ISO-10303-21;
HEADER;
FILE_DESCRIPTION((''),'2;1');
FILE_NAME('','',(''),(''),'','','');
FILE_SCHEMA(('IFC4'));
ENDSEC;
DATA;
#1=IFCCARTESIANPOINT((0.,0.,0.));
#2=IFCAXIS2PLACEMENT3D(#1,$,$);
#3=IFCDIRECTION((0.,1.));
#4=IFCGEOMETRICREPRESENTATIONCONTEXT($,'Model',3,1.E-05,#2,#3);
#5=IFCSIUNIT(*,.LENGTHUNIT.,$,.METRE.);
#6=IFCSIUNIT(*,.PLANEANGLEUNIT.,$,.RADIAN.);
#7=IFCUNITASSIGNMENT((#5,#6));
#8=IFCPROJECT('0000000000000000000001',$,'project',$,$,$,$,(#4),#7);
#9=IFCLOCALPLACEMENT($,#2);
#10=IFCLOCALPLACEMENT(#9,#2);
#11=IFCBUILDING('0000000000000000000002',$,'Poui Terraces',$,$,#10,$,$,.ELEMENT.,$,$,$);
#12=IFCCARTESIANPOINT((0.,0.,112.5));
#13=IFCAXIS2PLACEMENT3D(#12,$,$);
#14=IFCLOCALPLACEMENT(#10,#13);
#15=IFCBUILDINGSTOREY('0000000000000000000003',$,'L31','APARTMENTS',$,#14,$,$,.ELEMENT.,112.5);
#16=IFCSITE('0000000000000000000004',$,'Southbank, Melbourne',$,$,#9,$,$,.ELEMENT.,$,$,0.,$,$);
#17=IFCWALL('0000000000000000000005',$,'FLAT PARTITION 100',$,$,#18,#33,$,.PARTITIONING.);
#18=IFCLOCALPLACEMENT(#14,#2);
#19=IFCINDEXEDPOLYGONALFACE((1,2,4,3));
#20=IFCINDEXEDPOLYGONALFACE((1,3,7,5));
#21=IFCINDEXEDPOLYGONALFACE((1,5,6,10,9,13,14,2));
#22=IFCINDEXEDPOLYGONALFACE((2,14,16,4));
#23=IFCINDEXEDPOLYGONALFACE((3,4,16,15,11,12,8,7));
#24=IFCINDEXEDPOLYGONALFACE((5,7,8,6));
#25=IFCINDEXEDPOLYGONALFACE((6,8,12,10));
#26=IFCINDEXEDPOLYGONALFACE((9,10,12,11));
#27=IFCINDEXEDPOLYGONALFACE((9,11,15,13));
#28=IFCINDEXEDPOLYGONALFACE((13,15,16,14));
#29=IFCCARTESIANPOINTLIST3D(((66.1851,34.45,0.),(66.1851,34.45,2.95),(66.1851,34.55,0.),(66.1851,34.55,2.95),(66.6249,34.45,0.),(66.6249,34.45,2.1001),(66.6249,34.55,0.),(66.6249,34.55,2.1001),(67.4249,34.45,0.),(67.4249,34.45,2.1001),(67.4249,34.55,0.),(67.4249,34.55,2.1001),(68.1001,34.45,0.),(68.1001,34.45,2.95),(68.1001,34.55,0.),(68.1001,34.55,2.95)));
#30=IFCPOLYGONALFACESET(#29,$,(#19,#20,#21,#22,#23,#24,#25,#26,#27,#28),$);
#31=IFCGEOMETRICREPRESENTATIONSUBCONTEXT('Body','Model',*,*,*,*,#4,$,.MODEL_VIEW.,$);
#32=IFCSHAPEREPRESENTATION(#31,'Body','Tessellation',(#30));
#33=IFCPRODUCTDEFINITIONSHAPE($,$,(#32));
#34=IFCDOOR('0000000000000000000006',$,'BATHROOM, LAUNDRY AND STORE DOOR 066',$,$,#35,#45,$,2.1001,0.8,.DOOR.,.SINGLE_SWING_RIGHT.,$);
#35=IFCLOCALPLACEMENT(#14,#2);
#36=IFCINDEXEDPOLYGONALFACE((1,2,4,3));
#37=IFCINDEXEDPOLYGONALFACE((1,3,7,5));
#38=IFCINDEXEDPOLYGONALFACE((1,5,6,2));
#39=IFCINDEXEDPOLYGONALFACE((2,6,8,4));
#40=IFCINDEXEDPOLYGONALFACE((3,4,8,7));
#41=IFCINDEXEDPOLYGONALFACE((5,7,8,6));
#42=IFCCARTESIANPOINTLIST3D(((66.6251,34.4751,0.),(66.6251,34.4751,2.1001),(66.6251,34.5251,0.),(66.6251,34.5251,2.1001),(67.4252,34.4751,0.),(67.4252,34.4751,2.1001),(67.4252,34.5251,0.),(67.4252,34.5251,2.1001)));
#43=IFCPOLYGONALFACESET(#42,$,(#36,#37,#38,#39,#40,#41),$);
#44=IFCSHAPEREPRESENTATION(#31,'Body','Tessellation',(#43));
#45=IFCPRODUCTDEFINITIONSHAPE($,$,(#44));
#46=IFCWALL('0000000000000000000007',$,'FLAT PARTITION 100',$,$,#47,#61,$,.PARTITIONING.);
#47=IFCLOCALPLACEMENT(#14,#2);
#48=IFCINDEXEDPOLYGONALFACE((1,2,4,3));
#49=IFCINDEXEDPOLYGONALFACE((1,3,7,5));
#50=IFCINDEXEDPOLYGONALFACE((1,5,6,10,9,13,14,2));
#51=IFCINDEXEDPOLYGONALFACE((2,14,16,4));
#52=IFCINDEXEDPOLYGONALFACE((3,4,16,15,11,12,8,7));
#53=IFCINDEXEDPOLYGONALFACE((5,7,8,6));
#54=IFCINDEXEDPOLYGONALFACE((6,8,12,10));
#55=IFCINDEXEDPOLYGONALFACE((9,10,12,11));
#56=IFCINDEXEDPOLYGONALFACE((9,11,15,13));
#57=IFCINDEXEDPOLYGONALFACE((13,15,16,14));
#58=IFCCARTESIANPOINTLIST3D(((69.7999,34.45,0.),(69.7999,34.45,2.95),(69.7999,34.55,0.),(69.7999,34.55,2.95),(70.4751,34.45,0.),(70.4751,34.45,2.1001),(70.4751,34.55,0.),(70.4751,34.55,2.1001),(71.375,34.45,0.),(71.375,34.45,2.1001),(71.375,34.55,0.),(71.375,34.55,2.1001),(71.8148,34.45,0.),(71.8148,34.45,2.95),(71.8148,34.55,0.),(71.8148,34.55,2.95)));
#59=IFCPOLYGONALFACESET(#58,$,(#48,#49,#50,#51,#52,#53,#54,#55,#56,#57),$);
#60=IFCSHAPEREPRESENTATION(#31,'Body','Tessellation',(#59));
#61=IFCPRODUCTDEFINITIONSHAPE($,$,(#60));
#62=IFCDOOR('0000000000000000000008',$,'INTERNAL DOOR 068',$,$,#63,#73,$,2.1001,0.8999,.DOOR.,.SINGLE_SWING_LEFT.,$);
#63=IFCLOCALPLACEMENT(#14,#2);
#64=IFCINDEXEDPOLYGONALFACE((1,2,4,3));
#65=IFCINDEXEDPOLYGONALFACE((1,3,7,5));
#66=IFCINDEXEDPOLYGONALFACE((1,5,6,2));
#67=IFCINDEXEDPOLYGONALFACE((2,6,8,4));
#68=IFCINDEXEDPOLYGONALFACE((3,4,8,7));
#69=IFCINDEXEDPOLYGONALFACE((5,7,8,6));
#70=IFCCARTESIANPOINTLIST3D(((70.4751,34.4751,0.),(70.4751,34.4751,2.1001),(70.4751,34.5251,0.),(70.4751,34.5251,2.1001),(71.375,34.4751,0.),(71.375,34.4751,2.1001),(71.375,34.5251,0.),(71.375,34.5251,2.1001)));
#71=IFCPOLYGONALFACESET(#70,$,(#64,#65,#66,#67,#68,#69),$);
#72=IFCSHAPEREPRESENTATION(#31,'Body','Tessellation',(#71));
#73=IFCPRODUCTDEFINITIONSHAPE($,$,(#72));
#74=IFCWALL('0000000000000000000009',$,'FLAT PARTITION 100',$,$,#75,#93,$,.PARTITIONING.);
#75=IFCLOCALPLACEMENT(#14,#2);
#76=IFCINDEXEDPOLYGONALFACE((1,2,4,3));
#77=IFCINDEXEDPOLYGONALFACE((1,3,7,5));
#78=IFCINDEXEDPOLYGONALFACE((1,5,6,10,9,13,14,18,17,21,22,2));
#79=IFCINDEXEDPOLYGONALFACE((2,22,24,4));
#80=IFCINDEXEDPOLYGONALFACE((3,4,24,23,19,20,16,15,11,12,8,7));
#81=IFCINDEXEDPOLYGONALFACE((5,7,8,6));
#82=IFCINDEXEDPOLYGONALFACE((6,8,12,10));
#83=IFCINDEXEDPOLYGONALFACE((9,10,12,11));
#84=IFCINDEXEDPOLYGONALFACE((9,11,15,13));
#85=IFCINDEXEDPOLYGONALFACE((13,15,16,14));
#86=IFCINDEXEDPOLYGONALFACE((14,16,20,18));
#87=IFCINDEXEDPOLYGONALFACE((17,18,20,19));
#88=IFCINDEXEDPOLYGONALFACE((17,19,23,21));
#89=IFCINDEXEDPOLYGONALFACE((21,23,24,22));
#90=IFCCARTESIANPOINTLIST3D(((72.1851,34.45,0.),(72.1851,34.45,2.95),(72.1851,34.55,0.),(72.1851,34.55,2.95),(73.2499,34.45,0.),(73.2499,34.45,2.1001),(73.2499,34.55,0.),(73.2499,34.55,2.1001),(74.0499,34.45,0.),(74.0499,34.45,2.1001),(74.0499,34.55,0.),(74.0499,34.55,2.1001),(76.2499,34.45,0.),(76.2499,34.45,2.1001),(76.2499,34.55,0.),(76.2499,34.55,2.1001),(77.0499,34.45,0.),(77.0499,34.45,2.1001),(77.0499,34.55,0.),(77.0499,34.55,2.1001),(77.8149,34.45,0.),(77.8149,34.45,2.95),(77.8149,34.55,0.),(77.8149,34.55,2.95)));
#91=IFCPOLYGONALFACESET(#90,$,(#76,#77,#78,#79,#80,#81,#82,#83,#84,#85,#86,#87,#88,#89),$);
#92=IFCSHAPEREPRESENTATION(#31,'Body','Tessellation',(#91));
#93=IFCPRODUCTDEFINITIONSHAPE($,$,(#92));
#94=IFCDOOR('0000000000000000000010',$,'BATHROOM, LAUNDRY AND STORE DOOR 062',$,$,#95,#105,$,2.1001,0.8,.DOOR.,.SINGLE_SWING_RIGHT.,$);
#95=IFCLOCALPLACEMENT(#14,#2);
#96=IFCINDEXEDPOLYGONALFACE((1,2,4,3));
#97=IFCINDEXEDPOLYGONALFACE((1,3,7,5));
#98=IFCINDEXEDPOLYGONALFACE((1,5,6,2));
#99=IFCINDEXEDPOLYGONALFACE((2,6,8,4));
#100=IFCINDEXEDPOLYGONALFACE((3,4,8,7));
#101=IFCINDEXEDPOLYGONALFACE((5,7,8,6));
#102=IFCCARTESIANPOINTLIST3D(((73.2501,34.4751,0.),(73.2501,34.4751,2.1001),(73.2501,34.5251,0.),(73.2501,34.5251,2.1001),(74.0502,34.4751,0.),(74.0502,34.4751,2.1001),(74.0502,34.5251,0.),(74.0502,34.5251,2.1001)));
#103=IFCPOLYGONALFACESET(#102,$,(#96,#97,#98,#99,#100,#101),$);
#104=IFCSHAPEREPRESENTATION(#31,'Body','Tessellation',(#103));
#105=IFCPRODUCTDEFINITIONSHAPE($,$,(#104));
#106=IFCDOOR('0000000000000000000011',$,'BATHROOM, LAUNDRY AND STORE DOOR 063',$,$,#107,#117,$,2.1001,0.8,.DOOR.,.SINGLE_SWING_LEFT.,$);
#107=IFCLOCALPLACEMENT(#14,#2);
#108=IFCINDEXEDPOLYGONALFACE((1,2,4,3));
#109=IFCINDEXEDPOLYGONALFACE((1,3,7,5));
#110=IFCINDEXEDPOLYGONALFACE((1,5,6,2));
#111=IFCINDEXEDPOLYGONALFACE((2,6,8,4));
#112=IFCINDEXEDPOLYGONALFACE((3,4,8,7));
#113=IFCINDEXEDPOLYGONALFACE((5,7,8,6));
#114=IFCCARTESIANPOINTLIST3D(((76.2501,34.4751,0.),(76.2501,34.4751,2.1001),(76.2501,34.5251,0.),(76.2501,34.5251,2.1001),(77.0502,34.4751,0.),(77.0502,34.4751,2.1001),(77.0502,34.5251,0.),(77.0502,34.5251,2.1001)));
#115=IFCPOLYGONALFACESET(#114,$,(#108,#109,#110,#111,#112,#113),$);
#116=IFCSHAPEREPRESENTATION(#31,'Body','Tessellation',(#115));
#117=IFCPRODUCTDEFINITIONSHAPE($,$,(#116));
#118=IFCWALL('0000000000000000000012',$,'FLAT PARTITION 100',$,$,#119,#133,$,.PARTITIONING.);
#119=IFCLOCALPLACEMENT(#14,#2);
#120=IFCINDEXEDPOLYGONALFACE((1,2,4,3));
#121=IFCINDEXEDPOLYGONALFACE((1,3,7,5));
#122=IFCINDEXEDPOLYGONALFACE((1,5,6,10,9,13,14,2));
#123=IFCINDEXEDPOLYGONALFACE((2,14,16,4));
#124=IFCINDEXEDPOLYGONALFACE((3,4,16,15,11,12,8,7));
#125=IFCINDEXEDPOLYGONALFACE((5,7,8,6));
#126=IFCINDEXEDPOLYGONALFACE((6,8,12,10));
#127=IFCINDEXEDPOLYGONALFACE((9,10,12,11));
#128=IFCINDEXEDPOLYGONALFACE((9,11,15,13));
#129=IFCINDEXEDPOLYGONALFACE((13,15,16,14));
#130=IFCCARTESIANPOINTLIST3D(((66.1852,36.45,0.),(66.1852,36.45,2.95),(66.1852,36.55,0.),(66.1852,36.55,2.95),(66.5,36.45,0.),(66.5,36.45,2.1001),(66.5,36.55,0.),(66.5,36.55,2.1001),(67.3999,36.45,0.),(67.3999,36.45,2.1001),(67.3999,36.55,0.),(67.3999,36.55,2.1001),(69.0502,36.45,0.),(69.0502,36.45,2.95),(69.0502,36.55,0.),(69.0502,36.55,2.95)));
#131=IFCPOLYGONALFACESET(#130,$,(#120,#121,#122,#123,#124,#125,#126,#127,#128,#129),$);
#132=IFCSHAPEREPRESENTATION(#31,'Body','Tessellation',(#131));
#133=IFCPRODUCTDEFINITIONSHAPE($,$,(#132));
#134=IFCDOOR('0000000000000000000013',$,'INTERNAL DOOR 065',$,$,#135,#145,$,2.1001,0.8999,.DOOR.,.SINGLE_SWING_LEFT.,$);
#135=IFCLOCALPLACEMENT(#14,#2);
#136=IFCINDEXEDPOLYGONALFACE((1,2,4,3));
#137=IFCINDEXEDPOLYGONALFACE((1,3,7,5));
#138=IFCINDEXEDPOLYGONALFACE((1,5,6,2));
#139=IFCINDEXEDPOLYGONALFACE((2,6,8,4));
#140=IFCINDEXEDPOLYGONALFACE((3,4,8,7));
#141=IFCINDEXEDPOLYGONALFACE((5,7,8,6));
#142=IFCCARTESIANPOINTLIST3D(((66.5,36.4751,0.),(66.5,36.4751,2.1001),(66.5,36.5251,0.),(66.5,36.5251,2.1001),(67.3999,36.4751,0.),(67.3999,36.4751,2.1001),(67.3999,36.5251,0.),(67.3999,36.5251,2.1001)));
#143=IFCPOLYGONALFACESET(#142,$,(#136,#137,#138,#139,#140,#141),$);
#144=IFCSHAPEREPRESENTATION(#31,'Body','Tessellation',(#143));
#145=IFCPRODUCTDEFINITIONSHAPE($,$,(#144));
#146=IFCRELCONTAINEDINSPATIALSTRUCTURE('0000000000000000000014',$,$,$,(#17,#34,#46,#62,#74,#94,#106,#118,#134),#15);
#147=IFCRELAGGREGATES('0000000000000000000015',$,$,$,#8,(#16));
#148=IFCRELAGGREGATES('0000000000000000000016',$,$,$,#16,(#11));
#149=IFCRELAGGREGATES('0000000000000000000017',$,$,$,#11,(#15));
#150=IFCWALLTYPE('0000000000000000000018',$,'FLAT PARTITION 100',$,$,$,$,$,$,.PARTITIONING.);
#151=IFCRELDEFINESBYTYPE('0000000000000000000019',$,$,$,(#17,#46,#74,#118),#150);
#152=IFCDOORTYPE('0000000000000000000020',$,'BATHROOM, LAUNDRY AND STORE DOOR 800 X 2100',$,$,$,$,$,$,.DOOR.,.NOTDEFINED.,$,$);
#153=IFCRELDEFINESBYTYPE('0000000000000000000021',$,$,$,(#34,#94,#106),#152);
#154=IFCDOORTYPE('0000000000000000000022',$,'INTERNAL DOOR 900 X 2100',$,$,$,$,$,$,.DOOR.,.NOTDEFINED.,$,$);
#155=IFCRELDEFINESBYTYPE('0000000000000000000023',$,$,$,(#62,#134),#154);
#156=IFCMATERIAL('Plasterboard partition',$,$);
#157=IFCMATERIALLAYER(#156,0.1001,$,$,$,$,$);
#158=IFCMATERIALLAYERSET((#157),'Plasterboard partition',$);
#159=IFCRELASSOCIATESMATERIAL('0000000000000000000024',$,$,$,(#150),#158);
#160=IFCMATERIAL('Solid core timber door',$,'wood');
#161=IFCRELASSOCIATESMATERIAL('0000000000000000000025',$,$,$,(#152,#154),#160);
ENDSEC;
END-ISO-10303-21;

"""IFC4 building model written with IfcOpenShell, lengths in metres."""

from ifc_helpers import new_model, si_unit, direction, frame, frame_2d, origin, place, context, subcontext, project, spatial, rectangle, extrude, material, layer, layer_set, type_object, element, fill, save


model = new_model("IFC4")

# Units and contexts
model_context = context("Model", 3, precision=1e-05, world=origin(), true_north=direction((0.0, 1.0)))
body_context = subcontext(model_context, "Body", "Model", "MODEL_VIEW")
ifc_project = project(units=[si_unit("LENGTHUNIT", "METRE"), si_unit("PLANEANGLEUNIT", "RADIAN")], contexts=[model_context])

# Site, building, storey
site_placement = place(None, origin())
site = spatial("IfcSite", under=ifc_project, at=site_placement, Name="Southbank, Melbourne", CompositionType="ELEMENT", RefElevation=0.0)
building_placement = place(site_placement, origin())
building = spatial("IfcBuilding", under=site, at=building_placement, Name="Poui Terraces", CompositionType="ELEMENT")
storey_placement = place(building_placement, frame((0.0, 0.0, 112.5)))
storey = spatial("IfcBuildingStorey", under=building, at=storey_placement, Name="L31", Description="APARTMENTS", CompositionType="ELEMENT", Elevation=112.5)

# Walls, openings, doors
ifc_material_1 = material(Name="Plasterboard partition")
ifc_layer_1 = layer(ifc_material_1, 0.1001)
ifc_layer_set_1 = layer_set([ifc_layer_1], Name="Plasterboard partition")
wall_type_1 = type_object("IfcWallType", Name="FLAT PARTITION 100", PredefinedType="PARTITIONING", material=ifc_layer_set_1)
wall_1_placement = place(storey_placement, frame((66.1851, 34.5, 0.0), z_axis=(0.0, 0.0, 1.0), x_axis=(1.0, 0.0, 0.0)))
wall_1 = element("IfcWall", 1, at=wall_1_placement, inside=storey, type_object=wall_type_1, Name="FLAT PARTITION 100", PredefinedType="PARTITIONING", context=body_context, shape_type="SweptSolid", body=[
    extrude(rectangle(XDim=1.915, YDim=0.1001, at=frame_2d((0.9575, 0.0))), origin(), (0.0, 0.0, 1.0), 2.95),
])
opening_1_placement = place(wall_1_placement, frame((0.4399, 0.0, 0.0)))
opening_1 = element("IfcOpeningElement", 2, at=opening_1_placement, cuts=wall_1, PredefinedType="OPENING", context=body_context, shape_type="SweptSolid", body=[
    extrude(rectangle(XDim=0.8, YDim=2.1001, at=frame_2d((0.3999, 1.05))), frame((0.0, 0.0601, 0.0), z_axis=(0.0, -1.0, 0.0), x_axis=(1.0, 0.0, 0.0)), (0.0, 0.0, 1.0), 0.1201),
])
ifc_material_2 = material(Name="Solid core timber door", Category="wood")
door_type_1 = type_object("IfcDoorType", Name="BATHROOM, LAUNDRY AND STORE DOOR 800 X 2100", OperationType="NOTDEFINED", PredefinedType="DOOR", material=ifc_material_2)
door_1_placement = place(opening_1_placement, frame((0.8, 0.0, 0.0), z_axis=(0.0, 0.0, 1.0), x_axis=(-1.0, 0.0, 0.0)))
door_1 = element("IfcDoor", 3, at=door_1_placement, inside=storey, type_object=door_type_1, Name="BATHROOM, LAUNDRY AND STORE DOOR 066", OperationType="SINGLE_SWING_RIGHT", OverallHeight=2.1001, OverallWidth=0.8, PredefinedType="DOOR", context=body_context, shape_type="SweptSolid", body=[
    extrude(rectangle(XDim=0.8, YDim=2.1001, at=frame_2d((0.3999, 1.05))), frame((0.0, 0.0249, 0.0), z_axis=(0.0, -1.0, 0.0), x_axis=(1.0, 0.0, 0.0)), (0.0, 0.0, 1.0), 0.05),
])
fill(opening_1, door_1)
wall_2_placement = place(storey_placement, frame((69.8, 34.5, 0.0), z_axis=(0.0, 0.0, 1.0), x_axis=(1.0, 0.0, 0.0)))
wall_2 = element("IfcWall", 4, at=wall_2_placement, inside=storey, type_object=wall_type_1, Name="FLAT PARTITION 100", PredefinedType="PARTITIONING", context=body_context, shape_type="SweptSolid", body=[
    extrude(rectangle(XDim=2.0149, YDim=0.1001, at=frame_2d((1.0073, 0.0))), origin(), (0.0, 0.0, 1.0), 2.95),
])
opening_2_placement = place(wall_2_placement, frame((0.675, 0.0, 0.0)))
opening_2 = element("IfcOpeningElement", 5, at=opening_2_placement, cuts=wall_2, PredefinedType="OPENING", context=body_context, shape_type="SweptSolid", body=[
    extrude(rectangle(XDim=0.8999, YDim=2.1001, at=frame_2d((0.45, 1.05))), frame((0.0, 0.0601, 0.0), z_axis=(0.0, -1.0, 0.0), x_axis=(1.0, 0.0, 0.0)), (0.0, 0.0, 1.0), 0.1201),
])
door_type_2 = type_object("IfcDoorType", Name="INTERNAL DOOR 900 X 2100", OperationType="NOTDEFINED", PredefinedType="DOOR", material=ifc_material_2)
door_2_placement = place(opening_2_placement, frame((0.8999, 0.0, 0.0), z_axis=(0.0, 0.0, 1.0), x_axis=(-1.0, 0.0, 0.0)))
door_2 = element("IfcDoor", 6, at=door_2_placement, inside=storey, type_object=door_type_2, Name="INTERNAL DOOR 068", OperationType="SINGLE_SWING_LEFT", OverallHeight=2.1001, OverallWidth=0.8999, PredefinedType="DOOR", context=body_context, shape_type="SweptSolid", body=[
    extrude(rectangle(XDim=0.8999, YDim=2.1001, at=frame_2d((0.45, 1.05))), frame((0.0, 0.0249, 0.0), z_axis=(0.0, -1.0, 0.0), x_axis=(1.0, 0.0, 0.0)), (0.0, 0.0, 1.0), 0.05),
])
fill(opening_2, door_2)

# Wall, openings, doors
wall_3_placement = place(storey_placement, frame((72.1851, 34.5, 0.0), z_axis=(0.0, 0.0, 1.0), x_axis=(1.0, 0.0, 0.0)))
wall_3 = element("IfcWall", 7, at=wall_3_placement, inside=storey, type_object=wall_type_1, Name="FLAT PARTITION 100", PredefinedType="PARTITIONING", context=body_context, shape_type="SweptSolid", body=[
    extrude(rectangle(XDim=5.6299, YDim=0.1001, at=frame_2d((2.8149, 0.0))), origin(), (0.0, 0.0, 1.0), 2.95),
])
opening_3_placement = place(wall_3_placement, frame((1.0649, 0.0, 0.0)))
opening_3 = element("IfcOpeningElement", 8, at=opening_3_placement, cuts=wall_3, PredefinedType="OPENING", context=body_context, shape_type="SweptSolid", body=[
    extrude(rectangle(XDim=0.8, YDim=2.1001, at=frame_2d((0.3999, 1.05))), frame((0.0, 0.0601, 0.0), z_axis=(0.0, -1.0, 0.0), x_axis=(1.0, 0.0, 0.0)), (0.0, 0.0, 1.0), 0.1201),
])
opening_4_placement = place(wall_3_placement, frame((4.0649, 0.0, 0.0)))
opening_4 = element("IfcOpeningElement", 9, at=opening_4_placement, cuts=wall_3, PredefinedType="OPENING", context=body_context, shape_type="SweptSolid", body=[
    extrude(rectangle(XDim=0.8, YDim=2.1001, at=frame_2d((0.3999, 1.05))), frame((0.0, 0.0601, 0.0), z_axis=(0.0, -1.0, 0.0), x_axis=(1.0, 0.0, 0.0)), (0.0, 0.0, 1.0), 0.1201),
])
door_3_placement = place(opening_3_placement, frame((0.8, 0.0, 0.0), z_axis=(0.0, 0.0, 1.0), x_axis=(-1.0, 0.0, 0.0)))
door_3 = element("IfcDoor", 10, at=door_3_placement, inside=storey, type_object=door_type_1, Name="BATHROOM, LAUNDRY AND STORE DOOR 062", OperationType="SINGLE_SWING_RIGHT", OverallHeight=2.1001, OverallWidth=0.8, PredefinedType="DOOR", context=body_context, shape_type="SweptSolid", body=[
    extrude(rectangle(XDim=0.8, YDim=2.1001, at=frame_2d((0.3999, 1.05))), frame((0.0, 0.0249, 0.0), z_axis=(0.0, -1.0, 0.0), x_axis=(1.0, 0.0, 0.0)), (0.0, 0.0, 1.0), 0.05),
])
fill(opening_3, door_3)
door_4_placement = place(opening_4_placement, frame((0.8, 0.0, 0.0), z_axis=(0.0, 0.0, 1.0), x_axis=(-1.0, 0.0, 0.0)))
door_4 = element("IfcDoor", 11, at=door_4_placement, inside=storey, type_object=door_type_1, Name="BATHROOM, LAUNDRY AND STORE DOOR 063", OperationType="SINGLE_SWING_LEFT", OverallHeight=2.1001, OverallWidth=0.8, PredefinedType="DOOR", context=body_context, shape_type="SweptSolid", body=[
    extrude(rectangle(XDim=0.8, YDim=2.1001, at=frame_2d((0.3999, 1.05))), frame((0.0, 0.0249, 0.0), z_axis=(0.0, -1.0, 0.0), x_axis=(1.0, 0.0, 0.0)), (0.0, 0.0, 1.0), 0.05),
])
fill(opening_4, door_4)

# Wall, opening, door
wall_4_placement = place(storey_placement, frame((66.1851, 36.5, 0.0), z_axis=(0.0, 0.0, 1.0), x_axis=(1.0, 0.0, 0.0)))
wall_4 = element("IfcWall", 12, at=wall_4_placement, inside=storey, type_object=wall_type_1, Name="FLAT PARTITION 100", PredefinedType="PARTITIONING", context=body_context, shape_type="SweptSolid", body=[
    extrude(rectangle(XDim=2.865, YDim=0.1001, at=frame_2d((1.4326, 0.0))), origin(), (0.0, 0.0, 1.0), 2.95),
])
opening_5_placement = place(wall_4_placement, frame((0.3149, 0.0, 0.0)))
opening_5 = element("IfcOpeningElement", 13, at=opening_5_placement, cuts=wall_4, PredefinedType="OPENING", context=body_context, shape_type="SweptSolid", body=[
    extrude(rectangle(XDim=0.8999, YDim=2.1001, at=frame_2d((0.45, 1.05))), frame((0.0, 0.0601, 0.0), z_axis=(0.0, -1.0, 0.0), x_axis=(1.0, 0.0, 0.0)), (0.0, 0.0, 1.0), 0.1201),
])
door_5_placement = place(opening_5_placement, frame((0.8999, 0.0, 0.0), z_axis=(0.0, 0.0, 1.0), x_axis=(-1.0, 0.0, 0.0)))
door_5 = element("IfcDoor", 14, at=door_5_placement, inside=storey, type_object=door_type_2, Name="INTERNAL DOOR 065", OperationType="SINGLE_SWING_LEFT", OverallHeight=2.1001, OverallWidth=0.8999, PredefinedType="DOOR", context=body_context, shape_type="SweptSolid", body=[
    extrude(rectangle(XDim=0.8999, YDim=2.1001, at=frame_2d((0.45, 1.05))), frame((0.0, 0.0249, 0.0), z_axis=(0.0, -1.0, 0.0), x_axis=(1.0, 0.0, 0.0)), (0.0, 0.0, 1.0), 0.05),
])
fill(opening_5, door_5)

save(model, "model.ifc")
